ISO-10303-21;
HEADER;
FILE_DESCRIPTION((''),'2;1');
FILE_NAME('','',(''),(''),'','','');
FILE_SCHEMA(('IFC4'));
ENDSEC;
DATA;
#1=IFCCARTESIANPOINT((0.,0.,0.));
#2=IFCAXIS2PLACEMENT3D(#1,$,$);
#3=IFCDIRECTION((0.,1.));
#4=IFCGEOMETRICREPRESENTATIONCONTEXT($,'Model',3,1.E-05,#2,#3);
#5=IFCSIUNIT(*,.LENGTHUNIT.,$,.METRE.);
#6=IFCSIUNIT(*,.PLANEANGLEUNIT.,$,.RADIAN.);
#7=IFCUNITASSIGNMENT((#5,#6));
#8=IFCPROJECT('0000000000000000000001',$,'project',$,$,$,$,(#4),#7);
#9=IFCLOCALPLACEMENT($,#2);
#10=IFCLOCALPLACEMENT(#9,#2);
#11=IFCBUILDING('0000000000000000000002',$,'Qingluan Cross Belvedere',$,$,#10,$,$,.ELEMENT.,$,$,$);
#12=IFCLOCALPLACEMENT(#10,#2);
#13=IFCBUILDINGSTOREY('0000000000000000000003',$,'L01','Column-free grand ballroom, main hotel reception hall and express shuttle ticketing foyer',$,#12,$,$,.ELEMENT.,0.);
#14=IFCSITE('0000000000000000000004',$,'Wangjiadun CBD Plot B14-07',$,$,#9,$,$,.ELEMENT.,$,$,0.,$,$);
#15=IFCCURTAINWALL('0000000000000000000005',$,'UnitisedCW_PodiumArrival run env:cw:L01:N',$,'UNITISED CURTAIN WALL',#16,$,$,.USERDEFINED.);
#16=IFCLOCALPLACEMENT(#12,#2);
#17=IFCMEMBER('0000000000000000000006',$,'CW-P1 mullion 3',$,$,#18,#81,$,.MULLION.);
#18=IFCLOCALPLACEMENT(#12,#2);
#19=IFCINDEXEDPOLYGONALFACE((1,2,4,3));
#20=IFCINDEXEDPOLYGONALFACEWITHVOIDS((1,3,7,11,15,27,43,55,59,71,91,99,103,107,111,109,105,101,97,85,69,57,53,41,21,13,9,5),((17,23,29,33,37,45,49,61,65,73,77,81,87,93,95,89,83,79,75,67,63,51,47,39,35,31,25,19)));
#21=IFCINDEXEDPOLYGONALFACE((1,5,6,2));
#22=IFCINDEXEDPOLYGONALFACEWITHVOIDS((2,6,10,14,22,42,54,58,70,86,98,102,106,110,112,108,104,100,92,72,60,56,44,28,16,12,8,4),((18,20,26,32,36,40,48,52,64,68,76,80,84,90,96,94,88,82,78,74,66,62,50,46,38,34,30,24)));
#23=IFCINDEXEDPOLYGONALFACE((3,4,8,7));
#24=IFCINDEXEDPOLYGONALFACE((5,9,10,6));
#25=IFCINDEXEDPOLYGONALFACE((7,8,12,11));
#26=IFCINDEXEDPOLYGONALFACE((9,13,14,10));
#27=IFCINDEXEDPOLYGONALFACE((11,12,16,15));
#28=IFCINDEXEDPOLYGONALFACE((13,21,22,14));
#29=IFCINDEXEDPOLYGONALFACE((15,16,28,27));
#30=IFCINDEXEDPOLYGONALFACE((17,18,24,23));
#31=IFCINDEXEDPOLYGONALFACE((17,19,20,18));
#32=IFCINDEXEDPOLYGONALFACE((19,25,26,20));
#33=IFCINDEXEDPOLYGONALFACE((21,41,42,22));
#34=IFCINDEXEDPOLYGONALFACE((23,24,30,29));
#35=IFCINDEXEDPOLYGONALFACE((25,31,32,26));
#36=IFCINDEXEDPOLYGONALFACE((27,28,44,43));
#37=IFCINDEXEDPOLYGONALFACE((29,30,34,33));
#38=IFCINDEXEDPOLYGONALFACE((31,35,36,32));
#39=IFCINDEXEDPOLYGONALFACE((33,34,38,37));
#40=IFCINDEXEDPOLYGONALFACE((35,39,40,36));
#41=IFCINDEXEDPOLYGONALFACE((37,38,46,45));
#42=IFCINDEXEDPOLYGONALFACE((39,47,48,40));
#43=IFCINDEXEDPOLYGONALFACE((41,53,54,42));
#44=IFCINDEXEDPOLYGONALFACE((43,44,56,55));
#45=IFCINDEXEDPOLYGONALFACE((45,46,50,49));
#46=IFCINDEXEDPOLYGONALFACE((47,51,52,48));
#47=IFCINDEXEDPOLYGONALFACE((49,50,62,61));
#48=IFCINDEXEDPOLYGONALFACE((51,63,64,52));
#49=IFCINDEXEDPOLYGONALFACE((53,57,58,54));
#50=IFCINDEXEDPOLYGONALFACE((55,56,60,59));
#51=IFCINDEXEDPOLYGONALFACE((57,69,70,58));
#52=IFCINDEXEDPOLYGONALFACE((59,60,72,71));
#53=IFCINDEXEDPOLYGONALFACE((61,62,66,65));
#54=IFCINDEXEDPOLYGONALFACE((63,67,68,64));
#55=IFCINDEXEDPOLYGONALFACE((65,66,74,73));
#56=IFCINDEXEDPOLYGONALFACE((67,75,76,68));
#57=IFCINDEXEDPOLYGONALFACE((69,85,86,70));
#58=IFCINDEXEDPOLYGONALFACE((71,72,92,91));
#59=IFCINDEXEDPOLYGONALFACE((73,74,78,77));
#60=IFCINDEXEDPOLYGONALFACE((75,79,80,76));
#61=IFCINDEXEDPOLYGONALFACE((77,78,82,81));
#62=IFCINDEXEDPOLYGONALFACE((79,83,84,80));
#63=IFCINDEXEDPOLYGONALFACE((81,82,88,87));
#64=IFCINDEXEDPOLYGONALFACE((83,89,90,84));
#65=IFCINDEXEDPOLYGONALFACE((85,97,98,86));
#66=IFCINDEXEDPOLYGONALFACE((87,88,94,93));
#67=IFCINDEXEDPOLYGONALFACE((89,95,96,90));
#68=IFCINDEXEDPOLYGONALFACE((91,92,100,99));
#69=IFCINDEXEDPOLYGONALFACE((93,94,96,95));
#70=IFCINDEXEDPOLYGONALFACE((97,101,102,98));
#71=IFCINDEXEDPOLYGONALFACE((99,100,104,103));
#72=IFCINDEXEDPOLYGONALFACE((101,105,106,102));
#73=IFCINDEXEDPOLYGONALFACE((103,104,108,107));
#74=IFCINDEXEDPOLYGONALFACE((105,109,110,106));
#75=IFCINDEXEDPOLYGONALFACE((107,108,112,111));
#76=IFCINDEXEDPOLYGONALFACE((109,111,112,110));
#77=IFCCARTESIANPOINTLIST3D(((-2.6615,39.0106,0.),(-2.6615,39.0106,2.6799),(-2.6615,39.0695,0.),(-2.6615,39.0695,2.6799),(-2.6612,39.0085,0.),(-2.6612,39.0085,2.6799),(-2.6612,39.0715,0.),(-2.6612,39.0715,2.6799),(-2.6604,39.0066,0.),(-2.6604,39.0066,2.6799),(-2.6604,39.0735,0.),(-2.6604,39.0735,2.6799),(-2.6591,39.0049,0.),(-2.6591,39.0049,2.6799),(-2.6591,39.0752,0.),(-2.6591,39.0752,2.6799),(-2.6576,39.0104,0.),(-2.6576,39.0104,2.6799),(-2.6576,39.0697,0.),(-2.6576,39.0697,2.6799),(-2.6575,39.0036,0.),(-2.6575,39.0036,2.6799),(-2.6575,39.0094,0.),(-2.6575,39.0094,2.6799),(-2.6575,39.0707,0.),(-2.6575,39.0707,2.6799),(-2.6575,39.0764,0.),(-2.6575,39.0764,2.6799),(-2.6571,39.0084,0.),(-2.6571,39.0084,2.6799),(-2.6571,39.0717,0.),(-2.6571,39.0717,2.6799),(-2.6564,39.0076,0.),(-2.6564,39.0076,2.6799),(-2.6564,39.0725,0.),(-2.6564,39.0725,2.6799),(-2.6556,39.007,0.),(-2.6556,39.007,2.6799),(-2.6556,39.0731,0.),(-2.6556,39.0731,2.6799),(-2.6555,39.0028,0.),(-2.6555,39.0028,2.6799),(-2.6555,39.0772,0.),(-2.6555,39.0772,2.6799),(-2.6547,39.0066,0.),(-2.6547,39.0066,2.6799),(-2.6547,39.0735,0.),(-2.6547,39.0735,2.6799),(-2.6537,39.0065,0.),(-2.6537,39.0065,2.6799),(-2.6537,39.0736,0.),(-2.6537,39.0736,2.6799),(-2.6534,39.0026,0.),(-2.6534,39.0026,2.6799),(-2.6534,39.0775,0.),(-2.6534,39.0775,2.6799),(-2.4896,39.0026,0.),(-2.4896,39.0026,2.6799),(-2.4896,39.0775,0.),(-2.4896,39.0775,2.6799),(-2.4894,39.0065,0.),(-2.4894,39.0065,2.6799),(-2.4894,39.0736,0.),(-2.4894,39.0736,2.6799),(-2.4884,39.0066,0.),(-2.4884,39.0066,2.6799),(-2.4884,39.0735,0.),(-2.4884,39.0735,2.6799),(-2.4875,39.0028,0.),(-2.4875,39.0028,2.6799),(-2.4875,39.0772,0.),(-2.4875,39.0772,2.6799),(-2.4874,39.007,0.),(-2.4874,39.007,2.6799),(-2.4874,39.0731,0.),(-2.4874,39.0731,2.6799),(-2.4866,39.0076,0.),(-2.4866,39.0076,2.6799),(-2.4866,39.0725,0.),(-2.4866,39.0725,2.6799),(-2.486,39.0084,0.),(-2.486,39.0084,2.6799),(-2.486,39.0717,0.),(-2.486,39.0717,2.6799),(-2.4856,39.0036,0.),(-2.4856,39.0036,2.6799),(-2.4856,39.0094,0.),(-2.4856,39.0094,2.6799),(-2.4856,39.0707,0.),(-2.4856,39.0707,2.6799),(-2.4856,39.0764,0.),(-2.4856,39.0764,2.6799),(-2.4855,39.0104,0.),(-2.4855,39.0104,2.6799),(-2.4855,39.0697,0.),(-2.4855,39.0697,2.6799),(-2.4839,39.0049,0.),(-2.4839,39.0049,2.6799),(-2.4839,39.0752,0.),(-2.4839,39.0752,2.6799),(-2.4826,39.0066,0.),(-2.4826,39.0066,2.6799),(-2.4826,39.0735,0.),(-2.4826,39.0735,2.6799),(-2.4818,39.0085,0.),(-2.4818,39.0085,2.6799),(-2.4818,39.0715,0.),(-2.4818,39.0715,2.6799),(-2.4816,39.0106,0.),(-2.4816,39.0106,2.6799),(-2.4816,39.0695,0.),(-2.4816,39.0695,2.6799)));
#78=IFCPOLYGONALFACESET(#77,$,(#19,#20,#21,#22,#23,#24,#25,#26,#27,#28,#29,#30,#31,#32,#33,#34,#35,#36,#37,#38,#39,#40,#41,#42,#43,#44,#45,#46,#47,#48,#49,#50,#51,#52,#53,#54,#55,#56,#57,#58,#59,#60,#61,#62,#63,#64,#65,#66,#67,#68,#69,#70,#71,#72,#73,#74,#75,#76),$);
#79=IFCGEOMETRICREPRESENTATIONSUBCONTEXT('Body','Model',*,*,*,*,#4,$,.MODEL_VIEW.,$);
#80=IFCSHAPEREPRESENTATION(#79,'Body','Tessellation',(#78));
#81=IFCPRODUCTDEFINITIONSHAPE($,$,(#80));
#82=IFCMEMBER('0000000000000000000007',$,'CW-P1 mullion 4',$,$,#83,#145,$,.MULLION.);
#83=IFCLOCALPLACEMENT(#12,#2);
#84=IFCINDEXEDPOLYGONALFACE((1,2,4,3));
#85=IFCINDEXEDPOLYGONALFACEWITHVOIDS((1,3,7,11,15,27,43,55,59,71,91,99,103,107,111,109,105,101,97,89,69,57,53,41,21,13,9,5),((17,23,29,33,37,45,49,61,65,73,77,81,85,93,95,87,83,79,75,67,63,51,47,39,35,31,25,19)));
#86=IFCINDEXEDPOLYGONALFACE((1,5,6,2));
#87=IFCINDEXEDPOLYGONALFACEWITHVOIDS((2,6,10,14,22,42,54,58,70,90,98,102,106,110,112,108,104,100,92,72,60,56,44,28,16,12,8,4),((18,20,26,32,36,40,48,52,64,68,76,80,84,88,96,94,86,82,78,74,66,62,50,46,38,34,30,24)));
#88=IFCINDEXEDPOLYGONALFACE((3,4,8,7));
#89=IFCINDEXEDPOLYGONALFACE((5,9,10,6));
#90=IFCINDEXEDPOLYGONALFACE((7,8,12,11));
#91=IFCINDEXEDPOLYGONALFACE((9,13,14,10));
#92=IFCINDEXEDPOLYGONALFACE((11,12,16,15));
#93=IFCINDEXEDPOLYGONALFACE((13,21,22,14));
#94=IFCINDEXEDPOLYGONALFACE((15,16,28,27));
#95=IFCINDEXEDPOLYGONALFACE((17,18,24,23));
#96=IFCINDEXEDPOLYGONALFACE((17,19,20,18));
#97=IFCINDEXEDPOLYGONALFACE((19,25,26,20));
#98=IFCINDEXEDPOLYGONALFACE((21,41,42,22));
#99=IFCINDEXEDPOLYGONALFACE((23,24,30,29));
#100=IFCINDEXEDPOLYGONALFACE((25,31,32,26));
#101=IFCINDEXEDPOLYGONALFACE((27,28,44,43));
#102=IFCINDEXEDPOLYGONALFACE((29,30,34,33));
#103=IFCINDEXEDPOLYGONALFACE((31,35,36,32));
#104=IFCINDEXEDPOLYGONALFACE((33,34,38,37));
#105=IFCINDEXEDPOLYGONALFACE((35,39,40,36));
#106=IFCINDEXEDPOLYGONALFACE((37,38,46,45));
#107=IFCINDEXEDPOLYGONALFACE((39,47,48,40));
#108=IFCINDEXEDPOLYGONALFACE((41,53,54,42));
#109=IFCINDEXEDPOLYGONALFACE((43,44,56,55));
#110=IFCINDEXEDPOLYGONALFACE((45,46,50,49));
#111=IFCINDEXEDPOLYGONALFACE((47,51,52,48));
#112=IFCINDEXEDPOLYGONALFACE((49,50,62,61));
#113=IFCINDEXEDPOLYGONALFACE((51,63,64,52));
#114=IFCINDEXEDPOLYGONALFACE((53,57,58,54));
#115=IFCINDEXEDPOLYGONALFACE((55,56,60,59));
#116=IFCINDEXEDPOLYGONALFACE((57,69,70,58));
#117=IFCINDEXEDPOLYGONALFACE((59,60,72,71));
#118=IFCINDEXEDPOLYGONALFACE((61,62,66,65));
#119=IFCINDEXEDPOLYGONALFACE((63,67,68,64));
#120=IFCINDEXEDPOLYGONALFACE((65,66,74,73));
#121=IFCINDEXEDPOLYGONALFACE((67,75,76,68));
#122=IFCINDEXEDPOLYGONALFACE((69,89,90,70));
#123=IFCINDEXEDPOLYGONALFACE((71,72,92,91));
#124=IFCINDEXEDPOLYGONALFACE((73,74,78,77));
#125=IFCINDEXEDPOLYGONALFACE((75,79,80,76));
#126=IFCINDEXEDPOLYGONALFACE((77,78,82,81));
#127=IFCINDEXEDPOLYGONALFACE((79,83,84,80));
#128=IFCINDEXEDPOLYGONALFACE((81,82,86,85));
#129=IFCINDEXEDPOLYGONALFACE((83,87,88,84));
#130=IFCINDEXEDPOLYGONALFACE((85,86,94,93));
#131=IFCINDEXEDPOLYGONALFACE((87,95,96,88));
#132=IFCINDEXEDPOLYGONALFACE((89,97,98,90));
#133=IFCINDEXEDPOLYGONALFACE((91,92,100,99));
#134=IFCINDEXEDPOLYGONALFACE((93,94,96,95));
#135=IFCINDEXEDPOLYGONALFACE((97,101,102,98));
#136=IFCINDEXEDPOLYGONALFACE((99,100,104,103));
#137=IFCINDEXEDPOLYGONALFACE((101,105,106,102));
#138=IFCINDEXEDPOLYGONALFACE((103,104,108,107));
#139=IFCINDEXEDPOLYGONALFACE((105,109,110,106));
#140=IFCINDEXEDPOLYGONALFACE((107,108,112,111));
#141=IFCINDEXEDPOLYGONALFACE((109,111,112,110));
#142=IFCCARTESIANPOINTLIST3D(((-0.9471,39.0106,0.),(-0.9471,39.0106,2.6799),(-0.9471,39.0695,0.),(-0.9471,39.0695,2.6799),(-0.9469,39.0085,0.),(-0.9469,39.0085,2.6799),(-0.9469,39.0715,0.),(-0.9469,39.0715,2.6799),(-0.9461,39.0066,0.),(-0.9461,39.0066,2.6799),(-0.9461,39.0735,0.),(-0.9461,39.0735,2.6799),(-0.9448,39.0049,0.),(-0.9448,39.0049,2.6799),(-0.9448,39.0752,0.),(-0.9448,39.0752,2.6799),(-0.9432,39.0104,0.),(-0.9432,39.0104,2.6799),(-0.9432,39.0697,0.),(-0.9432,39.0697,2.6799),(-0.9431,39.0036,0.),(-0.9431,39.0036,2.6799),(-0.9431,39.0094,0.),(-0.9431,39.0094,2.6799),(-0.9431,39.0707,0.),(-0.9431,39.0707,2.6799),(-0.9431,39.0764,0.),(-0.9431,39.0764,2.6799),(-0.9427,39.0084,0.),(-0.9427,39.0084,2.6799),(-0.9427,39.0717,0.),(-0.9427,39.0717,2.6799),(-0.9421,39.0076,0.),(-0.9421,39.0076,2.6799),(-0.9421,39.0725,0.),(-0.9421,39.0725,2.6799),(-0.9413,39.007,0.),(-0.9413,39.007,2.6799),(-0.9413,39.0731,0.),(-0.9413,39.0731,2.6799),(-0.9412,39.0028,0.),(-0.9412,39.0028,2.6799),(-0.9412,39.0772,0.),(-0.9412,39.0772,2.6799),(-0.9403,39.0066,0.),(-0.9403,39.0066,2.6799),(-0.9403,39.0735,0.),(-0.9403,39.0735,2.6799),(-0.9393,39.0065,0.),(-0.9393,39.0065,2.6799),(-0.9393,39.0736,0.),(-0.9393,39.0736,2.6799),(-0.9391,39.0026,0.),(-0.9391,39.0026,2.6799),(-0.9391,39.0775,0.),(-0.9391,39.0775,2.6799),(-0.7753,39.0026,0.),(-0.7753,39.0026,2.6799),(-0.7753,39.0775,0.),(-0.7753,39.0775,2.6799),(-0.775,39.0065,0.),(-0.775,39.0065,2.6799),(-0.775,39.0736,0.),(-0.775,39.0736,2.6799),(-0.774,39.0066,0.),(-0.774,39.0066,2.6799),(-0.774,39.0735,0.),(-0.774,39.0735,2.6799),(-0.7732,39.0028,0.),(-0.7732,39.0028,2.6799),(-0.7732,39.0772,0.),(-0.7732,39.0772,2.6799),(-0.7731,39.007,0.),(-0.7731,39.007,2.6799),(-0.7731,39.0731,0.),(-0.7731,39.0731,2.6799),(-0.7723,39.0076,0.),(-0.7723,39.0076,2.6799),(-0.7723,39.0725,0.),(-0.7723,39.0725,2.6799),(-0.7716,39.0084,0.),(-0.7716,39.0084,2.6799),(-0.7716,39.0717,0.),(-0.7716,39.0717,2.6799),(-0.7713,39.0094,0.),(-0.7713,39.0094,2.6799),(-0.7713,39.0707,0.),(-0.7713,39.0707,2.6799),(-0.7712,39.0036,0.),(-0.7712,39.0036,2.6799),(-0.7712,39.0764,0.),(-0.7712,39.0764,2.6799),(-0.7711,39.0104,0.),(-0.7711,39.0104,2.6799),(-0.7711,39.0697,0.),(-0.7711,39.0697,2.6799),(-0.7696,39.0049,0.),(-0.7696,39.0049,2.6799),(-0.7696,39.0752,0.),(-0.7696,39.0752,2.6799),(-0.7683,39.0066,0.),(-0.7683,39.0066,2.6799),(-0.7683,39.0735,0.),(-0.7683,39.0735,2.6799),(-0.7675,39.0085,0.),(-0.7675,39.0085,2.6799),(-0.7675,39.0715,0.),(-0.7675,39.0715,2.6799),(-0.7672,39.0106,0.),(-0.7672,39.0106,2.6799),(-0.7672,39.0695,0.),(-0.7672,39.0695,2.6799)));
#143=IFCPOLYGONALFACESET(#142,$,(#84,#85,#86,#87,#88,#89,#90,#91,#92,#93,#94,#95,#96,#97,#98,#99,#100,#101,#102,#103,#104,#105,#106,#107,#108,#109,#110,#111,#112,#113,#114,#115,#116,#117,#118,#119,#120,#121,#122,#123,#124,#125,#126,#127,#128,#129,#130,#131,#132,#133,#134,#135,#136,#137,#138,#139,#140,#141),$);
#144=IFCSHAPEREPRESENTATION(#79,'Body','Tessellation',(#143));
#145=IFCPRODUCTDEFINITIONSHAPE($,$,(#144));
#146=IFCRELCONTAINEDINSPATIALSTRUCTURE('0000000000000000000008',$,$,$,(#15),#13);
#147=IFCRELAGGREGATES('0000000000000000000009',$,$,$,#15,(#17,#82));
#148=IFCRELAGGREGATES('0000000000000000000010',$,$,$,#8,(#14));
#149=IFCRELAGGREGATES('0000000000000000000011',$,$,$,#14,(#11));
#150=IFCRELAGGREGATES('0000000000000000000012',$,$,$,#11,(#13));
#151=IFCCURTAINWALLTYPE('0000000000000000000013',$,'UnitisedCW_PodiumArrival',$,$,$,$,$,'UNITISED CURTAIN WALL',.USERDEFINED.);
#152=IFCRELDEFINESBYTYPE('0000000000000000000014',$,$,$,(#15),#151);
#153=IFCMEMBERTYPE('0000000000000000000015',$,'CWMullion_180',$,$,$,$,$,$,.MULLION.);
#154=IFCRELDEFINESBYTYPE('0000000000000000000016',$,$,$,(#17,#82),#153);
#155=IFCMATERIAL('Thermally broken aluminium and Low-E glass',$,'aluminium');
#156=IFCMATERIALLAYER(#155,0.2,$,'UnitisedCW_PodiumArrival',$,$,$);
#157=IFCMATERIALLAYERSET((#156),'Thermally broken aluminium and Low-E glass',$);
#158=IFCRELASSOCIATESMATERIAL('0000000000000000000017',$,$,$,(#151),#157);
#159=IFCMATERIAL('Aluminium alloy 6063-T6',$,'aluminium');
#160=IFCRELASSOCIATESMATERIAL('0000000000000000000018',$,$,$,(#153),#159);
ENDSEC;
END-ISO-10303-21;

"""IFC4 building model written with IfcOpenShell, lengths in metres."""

from ifc_helpers import new_model, si_unit, direction, frame, origin, origin_2d, place, context, subcontext, project, spatial, hollow_rectangle, extrude, material, layer, layer_set, material_profile, profile_set, type_object, element, aggregate, save


model = new_model("IFC4")

# Units and contexts
model_context = context("Model", 3, precision=1e-05, world=origin(), true_north=direction((0.0, 1.0)))
body_context = subcontext(model_context, "Body", "Model", "MODEL_VIEW")
ifc_project = project(units=[si_unit("LENGTHUNIT", "METRE"), si_unit("PLANEANGLEUNIT", "RADIAN")], contexts=[model_context])

# Site, building, storey
site_placement = place(None, origin())
site = spatial("IfcSite", under=ifc_project, at=site_placement, Name="Wangjiadun CBD Plot B14-07", CompositionType="ELEMENT", RefElevation=0.0)
building_placement = place(site_placement, origin())
building = spatial("IfcBuilding", under=site, at=building_placement, Name="Qingluan Cross Belvedere", CompositionType="ELEMENT")
storey_placement = place(building_placement, origin())
storey = spatial("IfcBuildingStorey", under=building, at=storey_placement, Name="L01", Description="Column-free grand ballroom, main hotel reception hall and express shuttle ticketing foyer", CompositionType="ELEMENT", Elevation=0.0)

# Curtain wall, members
ifc_material_1 = material(Name="Thermally broken aluminium and Low-E glass", Category="aluminium")
ifc_layer_1 = layer(ifc_material_1, 0.2, Name="UnitisedCW_PodiumArrival")
ifc_layer_set_1 = layer_set([ifc_layer_1], Name="Thermally broken aluminium and Low-E glass")
curtain_wall_type = type_object("IfcCurtainWallType", Name="UnitisedCW_PodiumArrival", ElementType="UNITISED CURTAIN WALL", PredefinedType="USERDEFINED", material=ifc_layer_set_1)
curtain_wall_placement = place(storey_placement, origin())
curtain_wall = element("IfcCurtainWall", 1, at=curtain_wall_placement, inside=storey, type_object=curtain_wall_type, Name="UnitisedCW_PodiumArrival run env:cw:L01:N", ObjectType="UNITISED CURTAIN WALL", PredefinedType="USERDEFINED")
ifc_material_2 = material(Name="Aluminium alloy 6063-T6", Category="aluminium")
ifc_material_profile_1 = material_profile(ifc_material_2, hollow_rectangle(XDim=0.075, YDim=0.1799, WallThickness=0.0039, InnerFilletRadius=0.0039, OuterFilletRadius=0.0081, at=origin_2d()), Name="CWM180x75x4")
ifc_profile_set_1 = profile_set([ifc_material_profile_1], Name="Aluminium alloy 6063-T6")
member_type_1 = type_object("IfcMemberType", Name="CWMullion_180", PredefinedType="MULLION", material=ifc_profile_set_1)
member_1_placement = place(storey_placement, frame((-2.5715, 39.04, 0.0), z_axis=(0.0, 0.0, 1.0), x_axis=(0.0, 1.0, 0.0)))
member_1 = element("IfcMember", 2, at=member_1_placement, type_object=member_type_1, Name="CW-P1 mullion 3", PredefinedType="MULLION", context=body_context, shape_type="SweptSolid", body=[
    extrude(hollow_rectangle(XDim=0.075, YDim=0.1799, WallThickness=0.0039, InnerFilletRadius=0.0039, OuterFilletRadius=0.0081, at=origin_2d()), origin(), (0.0, 0.0, 1.0), 2.6799),
])
member_2_placement = place(storey_placement, frame((-0.8572, 39.04, 0.0), z_axis=(0.0, 0.0, 1.0), x_axis=(0.0, 1.0, 0.0)))
member_2 = element("IfcMember", 3, at=member_2_placement, type_object=member_type_1, Name="CW-P1 mullion 4", PredefinedType="MULLION", context=body_context, shape_type="SweptSolid", body=[
    extrude(hollow_rectangle(XDim=0.075, YDim=0.1799, WallThickness=0.0039, InnerFilletRadius=0.0039, OuterFilletRadius=0.0081, at=origin_2d()), origin(), (0.0, 0.0, 1.0), 2.6799),
])

aggregate(curtain_wall, [member_1, member_2])

save(model, "model.ifc")
